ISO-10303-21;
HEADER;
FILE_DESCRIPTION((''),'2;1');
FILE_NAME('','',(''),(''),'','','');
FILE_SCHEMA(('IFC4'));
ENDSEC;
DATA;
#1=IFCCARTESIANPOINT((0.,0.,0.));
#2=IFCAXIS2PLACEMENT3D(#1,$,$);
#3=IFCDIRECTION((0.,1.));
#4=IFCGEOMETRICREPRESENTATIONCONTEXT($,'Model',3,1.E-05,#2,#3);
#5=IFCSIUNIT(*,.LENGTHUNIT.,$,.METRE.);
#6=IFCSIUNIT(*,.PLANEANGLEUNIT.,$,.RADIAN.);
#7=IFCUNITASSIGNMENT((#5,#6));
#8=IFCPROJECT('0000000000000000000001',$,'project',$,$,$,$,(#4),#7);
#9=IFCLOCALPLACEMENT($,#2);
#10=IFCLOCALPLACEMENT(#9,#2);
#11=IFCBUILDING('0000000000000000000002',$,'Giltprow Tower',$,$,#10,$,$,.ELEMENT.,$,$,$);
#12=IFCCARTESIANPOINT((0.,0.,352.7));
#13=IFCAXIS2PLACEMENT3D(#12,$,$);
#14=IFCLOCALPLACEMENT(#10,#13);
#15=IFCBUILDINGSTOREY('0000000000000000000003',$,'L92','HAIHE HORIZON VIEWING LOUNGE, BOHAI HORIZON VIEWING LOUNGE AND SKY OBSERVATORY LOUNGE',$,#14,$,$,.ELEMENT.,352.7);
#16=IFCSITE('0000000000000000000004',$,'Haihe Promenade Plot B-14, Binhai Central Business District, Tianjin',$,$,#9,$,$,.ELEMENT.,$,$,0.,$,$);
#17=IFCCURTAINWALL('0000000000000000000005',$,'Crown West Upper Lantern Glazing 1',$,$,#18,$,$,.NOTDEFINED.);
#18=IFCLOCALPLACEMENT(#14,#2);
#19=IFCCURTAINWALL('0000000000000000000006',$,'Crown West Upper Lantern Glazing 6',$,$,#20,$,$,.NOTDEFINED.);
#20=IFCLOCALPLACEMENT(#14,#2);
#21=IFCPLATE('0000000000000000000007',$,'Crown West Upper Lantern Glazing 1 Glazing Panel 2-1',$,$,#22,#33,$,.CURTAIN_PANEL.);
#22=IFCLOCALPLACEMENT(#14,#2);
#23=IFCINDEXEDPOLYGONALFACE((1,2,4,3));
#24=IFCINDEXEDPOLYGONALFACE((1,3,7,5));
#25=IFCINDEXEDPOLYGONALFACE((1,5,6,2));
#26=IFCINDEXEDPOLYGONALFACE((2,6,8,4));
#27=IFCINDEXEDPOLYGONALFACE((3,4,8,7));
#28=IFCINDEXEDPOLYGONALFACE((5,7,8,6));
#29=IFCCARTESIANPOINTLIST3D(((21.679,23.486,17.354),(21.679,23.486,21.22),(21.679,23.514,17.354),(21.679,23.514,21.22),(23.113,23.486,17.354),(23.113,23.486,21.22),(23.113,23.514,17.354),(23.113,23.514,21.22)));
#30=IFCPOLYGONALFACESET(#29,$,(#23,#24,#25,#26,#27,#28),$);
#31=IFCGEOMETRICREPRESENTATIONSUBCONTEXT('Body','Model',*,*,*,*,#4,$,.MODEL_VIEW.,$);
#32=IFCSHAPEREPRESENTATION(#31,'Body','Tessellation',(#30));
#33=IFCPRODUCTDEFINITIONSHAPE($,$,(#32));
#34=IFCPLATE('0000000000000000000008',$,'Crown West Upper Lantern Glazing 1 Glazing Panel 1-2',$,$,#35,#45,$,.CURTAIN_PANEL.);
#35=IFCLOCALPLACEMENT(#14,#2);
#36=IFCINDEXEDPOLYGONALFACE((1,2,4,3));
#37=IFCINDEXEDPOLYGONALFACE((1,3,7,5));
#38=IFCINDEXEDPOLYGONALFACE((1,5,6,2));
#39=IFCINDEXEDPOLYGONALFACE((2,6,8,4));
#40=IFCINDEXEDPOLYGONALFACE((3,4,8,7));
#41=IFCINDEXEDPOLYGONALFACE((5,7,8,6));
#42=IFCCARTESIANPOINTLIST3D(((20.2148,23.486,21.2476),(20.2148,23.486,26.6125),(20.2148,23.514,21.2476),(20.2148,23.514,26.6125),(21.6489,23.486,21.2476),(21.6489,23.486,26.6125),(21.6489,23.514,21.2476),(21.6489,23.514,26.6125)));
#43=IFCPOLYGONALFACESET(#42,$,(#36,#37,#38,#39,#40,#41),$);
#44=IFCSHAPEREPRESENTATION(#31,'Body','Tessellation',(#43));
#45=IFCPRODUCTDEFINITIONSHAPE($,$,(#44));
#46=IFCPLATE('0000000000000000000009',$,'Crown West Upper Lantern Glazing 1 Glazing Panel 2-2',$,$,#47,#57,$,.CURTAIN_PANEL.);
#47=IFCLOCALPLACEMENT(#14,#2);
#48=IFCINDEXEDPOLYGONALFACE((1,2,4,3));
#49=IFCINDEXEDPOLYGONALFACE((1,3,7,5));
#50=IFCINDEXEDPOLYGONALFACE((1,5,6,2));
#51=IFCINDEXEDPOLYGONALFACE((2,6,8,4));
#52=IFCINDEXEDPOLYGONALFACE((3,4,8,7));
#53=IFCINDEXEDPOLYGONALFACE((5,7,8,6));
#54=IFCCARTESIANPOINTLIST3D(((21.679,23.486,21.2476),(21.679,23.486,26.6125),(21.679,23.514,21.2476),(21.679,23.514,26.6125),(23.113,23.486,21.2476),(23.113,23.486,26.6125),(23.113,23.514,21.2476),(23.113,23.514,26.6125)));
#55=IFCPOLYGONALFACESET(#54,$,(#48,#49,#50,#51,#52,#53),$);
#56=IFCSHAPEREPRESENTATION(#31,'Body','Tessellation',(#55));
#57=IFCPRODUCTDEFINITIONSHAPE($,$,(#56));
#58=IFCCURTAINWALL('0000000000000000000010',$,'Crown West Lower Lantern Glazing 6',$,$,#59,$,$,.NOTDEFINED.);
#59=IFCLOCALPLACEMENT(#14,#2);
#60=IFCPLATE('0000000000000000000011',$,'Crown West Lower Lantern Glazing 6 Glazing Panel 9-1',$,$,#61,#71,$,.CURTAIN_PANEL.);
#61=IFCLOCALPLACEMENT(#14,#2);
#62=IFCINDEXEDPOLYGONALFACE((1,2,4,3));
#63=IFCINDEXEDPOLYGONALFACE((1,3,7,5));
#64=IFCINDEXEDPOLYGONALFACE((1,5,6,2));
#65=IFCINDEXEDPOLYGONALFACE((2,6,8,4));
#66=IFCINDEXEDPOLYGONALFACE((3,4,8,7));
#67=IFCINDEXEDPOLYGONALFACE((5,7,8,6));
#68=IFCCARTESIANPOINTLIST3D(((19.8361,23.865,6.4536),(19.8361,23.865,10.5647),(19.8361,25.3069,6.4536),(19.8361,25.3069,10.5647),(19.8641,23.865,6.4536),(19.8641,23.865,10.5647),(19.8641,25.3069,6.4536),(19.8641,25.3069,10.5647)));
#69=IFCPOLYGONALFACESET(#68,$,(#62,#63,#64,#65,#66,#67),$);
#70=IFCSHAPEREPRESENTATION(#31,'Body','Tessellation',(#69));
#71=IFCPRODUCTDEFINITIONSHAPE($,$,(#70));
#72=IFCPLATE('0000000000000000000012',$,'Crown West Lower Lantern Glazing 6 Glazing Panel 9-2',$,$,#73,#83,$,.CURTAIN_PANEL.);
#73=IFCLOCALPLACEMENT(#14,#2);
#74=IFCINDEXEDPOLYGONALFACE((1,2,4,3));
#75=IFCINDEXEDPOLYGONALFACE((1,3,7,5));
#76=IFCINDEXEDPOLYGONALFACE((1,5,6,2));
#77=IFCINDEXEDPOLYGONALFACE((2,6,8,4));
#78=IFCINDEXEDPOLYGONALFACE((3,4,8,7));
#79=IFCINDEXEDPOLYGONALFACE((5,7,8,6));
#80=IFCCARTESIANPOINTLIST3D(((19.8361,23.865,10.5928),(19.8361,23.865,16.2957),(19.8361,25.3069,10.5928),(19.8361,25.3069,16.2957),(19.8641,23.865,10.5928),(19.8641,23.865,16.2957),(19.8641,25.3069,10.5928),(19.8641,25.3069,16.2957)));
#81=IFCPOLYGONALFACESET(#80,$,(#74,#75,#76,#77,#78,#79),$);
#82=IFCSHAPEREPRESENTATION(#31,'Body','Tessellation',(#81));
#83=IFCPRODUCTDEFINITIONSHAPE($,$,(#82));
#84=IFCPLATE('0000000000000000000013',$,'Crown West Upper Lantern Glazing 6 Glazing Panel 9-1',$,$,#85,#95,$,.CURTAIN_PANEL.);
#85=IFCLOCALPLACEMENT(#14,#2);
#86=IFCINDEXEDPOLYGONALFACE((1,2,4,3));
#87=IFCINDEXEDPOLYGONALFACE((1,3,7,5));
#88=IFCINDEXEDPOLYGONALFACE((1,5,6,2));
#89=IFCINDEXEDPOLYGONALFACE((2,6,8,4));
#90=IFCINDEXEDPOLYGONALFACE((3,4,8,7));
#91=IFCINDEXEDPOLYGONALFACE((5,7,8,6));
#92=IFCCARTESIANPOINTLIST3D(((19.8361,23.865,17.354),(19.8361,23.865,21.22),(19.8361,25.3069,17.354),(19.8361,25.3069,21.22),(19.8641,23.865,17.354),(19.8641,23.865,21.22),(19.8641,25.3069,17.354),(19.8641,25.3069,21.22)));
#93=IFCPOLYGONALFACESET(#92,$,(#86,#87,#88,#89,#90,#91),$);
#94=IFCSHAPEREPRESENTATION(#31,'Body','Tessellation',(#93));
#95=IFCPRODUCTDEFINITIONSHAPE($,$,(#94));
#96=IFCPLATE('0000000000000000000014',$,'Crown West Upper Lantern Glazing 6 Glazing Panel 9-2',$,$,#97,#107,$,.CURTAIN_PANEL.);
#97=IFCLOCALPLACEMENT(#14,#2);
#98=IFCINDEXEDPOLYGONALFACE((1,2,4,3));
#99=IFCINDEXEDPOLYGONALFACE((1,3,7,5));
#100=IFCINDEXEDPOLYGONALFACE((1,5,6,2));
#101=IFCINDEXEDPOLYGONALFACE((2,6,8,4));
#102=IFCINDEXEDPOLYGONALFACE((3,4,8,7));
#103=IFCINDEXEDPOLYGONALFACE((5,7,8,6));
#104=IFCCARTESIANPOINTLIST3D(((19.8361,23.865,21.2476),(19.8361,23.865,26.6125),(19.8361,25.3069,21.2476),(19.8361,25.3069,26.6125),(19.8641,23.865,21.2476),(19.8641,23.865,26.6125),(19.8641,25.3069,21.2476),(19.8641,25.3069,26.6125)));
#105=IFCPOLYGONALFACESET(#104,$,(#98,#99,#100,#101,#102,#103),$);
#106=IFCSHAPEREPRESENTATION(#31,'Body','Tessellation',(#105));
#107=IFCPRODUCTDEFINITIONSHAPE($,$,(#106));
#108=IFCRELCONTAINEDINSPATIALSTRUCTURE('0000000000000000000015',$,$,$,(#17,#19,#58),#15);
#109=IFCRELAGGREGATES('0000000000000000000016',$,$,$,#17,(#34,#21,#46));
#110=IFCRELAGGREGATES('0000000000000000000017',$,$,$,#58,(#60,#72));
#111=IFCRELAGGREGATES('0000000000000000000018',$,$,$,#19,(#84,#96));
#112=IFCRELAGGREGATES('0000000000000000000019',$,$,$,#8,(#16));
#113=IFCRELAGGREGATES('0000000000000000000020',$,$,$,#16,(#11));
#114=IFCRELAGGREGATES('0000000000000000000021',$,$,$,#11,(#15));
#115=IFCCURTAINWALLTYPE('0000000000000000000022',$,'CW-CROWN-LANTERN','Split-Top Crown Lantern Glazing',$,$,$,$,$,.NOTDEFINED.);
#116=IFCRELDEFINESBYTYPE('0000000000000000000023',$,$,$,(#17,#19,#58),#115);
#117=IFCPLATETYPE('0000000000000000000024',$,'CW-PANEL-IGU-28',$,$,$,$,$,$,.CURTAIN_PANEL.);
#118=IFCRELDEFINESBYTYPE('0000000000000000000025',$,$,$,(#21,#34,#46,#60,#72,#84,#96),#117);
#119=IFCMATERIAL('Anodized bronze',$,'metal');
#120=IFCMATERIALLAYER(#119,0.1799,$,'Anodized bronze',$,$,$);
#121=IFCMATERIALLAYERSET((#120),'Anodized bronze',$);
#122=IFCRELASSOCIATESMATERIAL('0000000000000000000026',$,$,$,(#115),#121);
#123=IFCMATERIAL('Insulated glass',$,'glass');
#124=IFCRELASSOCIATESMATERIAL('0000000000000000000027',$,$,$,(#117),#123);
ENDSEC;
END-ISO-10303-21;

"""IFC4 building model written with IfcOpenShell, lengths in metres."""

from ifc_helpers import new_model, si_unit, direction, frame, origin, origin_2d, place, context, subcontext, project, spatial, rectangle, extrude, source, transform, mapped, material, layer, layer_set, type_object, element, aggregate, save


model = new_model("IFC4")

# Units and contexts
model_context = context("Model", 3, precision=1e-05, world=origin(), true_north=direction((0.0, 1.0)))
body_context = subcontext(model_context, "Body", "Model", "MODEL_VIEW")
ifc_project = project(units=[si_unit("LENGTHUNIT", "METRE"), si_unit("PLANEANGLEUNIT", "RADIAN")], contexts=[model_context])

# Site, building, storey
site_placement = place(None, origin())
site = spatial("IfcSite", under=ifc_project, at=site_placement, Name="Haihe Promenade Plot B-14, Binhai Central Business District, Tianjin", CompositionType="ELEMENT", RefElevation=0.0)
building_placement = place(site_placement, origin())
building = spatial("IfcBuilding", under=site, at=building_placement, Name="Giltprow Tower", CompositionType="ELEMENT")
storey_placement = place(building_placement, frame((0.0, 0.0, 352.7)))
storey = spatial("IfcBuildingStorey", under=building, at=storey_placement, Name="L92", Description="HAIHE HORIZON VIEWING LOUNGE, BOHAI HORIZON VIEWING LOUNGE AND SKY OBSERVATORY LOUNGE", CompositionType="ELEMENT", Elevation=352.7)

# Curtain wall
ifc_material_1 = material(Name="Anodized bronze", Category="metal")
ifc_layer_1 = layer(ifc_material_1, 0.1799, Name="Anodized bronze")
ifc_layer_set_1 = layer_set([ifc_layer_1], Name="Anodized bronze")
curtain_wall_type = type_object("IfcCurtainWallType", Name="CW-CROWN-LANTERN", Description="Split-Top Crown Lantern Glazing", PredefinedType="NOTDEFINED", material=ifc_layer_set_1)
curtain_wall_1_placement = place(storey_placement, origin())
curtain_wall_1 = element("IfcCurtainWall", 1, at=curtain_wall_1_placement, inside=storey, type_object=curtain_wall_type, Name="Crown West Upper Lantern Glazing 1", PredefinedType="NOTDEFINED")

# Curtain wall
curtain_wall_2_placement = place(storey_placement, origin())
curtain_wall_2 = element("IfcCurtainWall", 2, at=curtain_wall_2_placement, inside=storey, type_object=curtain_wall_type, Name="Crown West Upper Lantern Glazing 6", PredefinedType="NOTDEFINED")

# Plates
ifc_material_2 = material(Name="Insulated glass", Category="glass")
plate_type_1 = type_object("IfcPlateType", Name="CW-PANEL-IGU-28", PredefinedType="CURTAIN_PANEL", material=ifc_material_2)
shared_shape_1 = source(origin(), body_context, "Body", "SweptSolid", [
    extrude(rectangle(XDim=1.4341, YDim=0.0281, at=origin_2d()), origin(), (0.0, 0.0, 1.0), 3.866),
])
plate_1_placement = place(storey_placement, frame((22.396, 23.5, 17.354), z_axis=(0.0, 0.0, 1.0), x_axis=(1.0, 0.0, 0.0)))
plate_1 = element("IfcPlate", 3, at=plate_1_placement, type_object=plate_type_1, Name="Crown West Upper Lantern Glazing 1 Glazing Panel 2-1", PredefinedType="CURTAIN_PANEL", context=body_context, shape_type="MappedRepresentation", body=[
    mapped(shared_shape_1, transform((0.0, 0.0, 0.0), x_axis=(1.0, 0.0, 0.0), y_axis=(0.0, 1.0, 0.0), z_axis=(0.0, 0.0, 1.0), scale=1.0)),
])
shared_shape_2 = source(origin(), body_context, "Body", "SweptSolid", [
    extrude(rectangle(XDim=1.4341, YDim=0.0281, at=origin_2d()), origin(), (0.0, 0.0, 1.0), 5.365),
])
plate_2_placement = place(storey_placement, frame((20.9319, 23.5, 21.2476), z_axis=(0.0, 0.0, 1.0), x_axis=(1.0, 0.0, 0.0)))
plate_2 = element("IfcPlate", 4, at=plate_2_placement, type_object=plate_type_1, Name="Crown West Upper Lantern Glazing 1 Glazing Panel 1-2", PredefinedType="CURTAIN_PANEL", context=body_context, shape_type="MappedRepresentation", body=[
    mapped(shared_shape_2, transform((0.0, 0.0, 0.0), x_axis=(1.0, 0.0, 0.0), y_axis=(0.0, 1.0, 0.0), z_axis=(0.0, 0.0, 1.0), scale=1.0)),
])
plate_3_placement = place(storey_placement, frame((22.396, 23.5, 21.2476), z_axis=(0.0, 0.0, 1.0), x_axis=(1.0, 0.0, 0.0)))
plate_3 = element("IfcPlate", 5, at=plate_3_placement, type_object=plate_type_1, Name="Crown West Upper Lantern Glazing 1 Glazing Panel 2-2", PredefinedType="CURTAIN_PANEL", context=body_context, shape_type="MappedRepresentation", body=[
    mapped(shared_shape_2, transform((0.0, 0.0, 0.0), x_axis=(1.0, 0.0, 0.0), y_axis=(0.0, 1.0, 0.0), z_axis=(0.0, 0.0, 1.0), scale=1.0)),
])
aggregate(curtain_wall_1, [plate_2, plate_1, plate_3])

# Curtain wall, plates
curtain_wall_3_placement = place(storey_placement, origin())
curtain_wall_3 = element("IfcCurtainWall", 6, at=curtain_wall_3_placement, inside=storey, type_object=curtain_wall_type, Name="Crown West Lower Lantern Glazing 6", PredefinedType="NOTDEFINED")
shared_shape_3 = source(origin(), body_context, "Body", "SweptSolid", [
    extrude(rectangle(XDim=1.4419, YDim=0.0281, at=origin_2d()), origin(), (0.0, 0.0, 1.0), 4.1111),
])
plate_4_placement = place(storey_placement, frame((19.8501, 24.5859, 6.4536), z_axis=(0.0, 0.0, 1.0), x_axis=(0.0, -1.0, 0.0)))
plate_4 = element("IfcPlate", 7, at=plate_4_placement, type_object=plate_type_1, Name="Crown West Lower Lantern Glazing 6 Glazing Panel 9-1", PredefinedType="CURTAIN_PANEL", context=body_context, shape_type="MappedRepresentation", body=[
    mapped(shared_shape_3, transform((0.0, 0.0, 0.0), x_axis=(1.0, 0.0, 0.0), y_axis=(0.0, 1.0, 0.0), z_axis=(0.0, 0.0, 1.0), scale=1.0)),
])
shared_shape_4 = source(origin(), body_context, "Body", "SweptSolid", [
    extrude(rectangle(XDim=1.4419, YDim=0.0281, at=origin_2d()), origin(), (0.0, 0.0, 1.0), 5.7029),
])
plate_5_placement = place(storey_placement, frame((19.8501, 24.5859, 10.5928), z_axis=(0.0, 0.0, 1.0), x_axis=(0.0, -1.0, 0.0)))
plate_5 = element("IfcPlate", 8, at=plate_5_placement, type_object=plate_type_1, Name="Crown West Lower Lantern Glazing 6 Glazing Panel 9-2", PredefinedType="CURTAIN_PANEL", context=body_context, shape_type="MappedRepresentation", body=[
    mapped(shared_shape_4, transform((0.0, 0.0, 0.0), x_axis=(1.0, 0.0, 0.0), y_axis=(0.0, 1.0, 0.0), z_axis=(0.0, 0.0, 1.0), scale=1.0)),
])
aggregate(curtain_wall_3, [plate_4, plate_5])

# Plates
shared_shape_5 = source(origin(), body_context, "Body", "SweptSolid", [
    extrude(rectangle(XDim=1.4419, YDim=0.0281, at=origin_2d()), origin(), (0.0, 0.0, 1.0), 3.866),
])
plate_6_placement = place(storey_placement, frame((19.8501, 24.5859, 17.354), z_axis=(0.0, 0.0, 1.0), x_axis=(0.0, -1.0, 0.0)))
plate_6 = element("IfcPlate", 9, at=plate_6_placement, type_object=plate_type_1, Name="Crown West Upper Lantern Glazing 6 Glazing Panel 9-1", PredefinedType="CURTAIN_PANEL", context=body_context, shape_type="MappedRepresentation", body=[
    mapped(shared_shape_5, transform((0.0, 0.0, 0.0), x_axis=(1.0, 0.0, 0.0), y_axis=(0.0, 1.0, 0.0), z_axis=(0.0, 0.0, 1.0), scale=1.0)),
])
shared_shape_6 = source(origin(), body_context, "Body", "SweptSolid", [
    extrude(rectangle(XDim=1.4419, YDim=0.0281, at=origin_2d()), origin(), (0.0, 0.0, 1.0), 5.365),
])
plate_7_placement = place(storey_placement, frame((19.8501, 24.5859, 21.2476), z_axis=(0.0, 0.0, 1.0), x_axis=(0.0, -1.0, 0.0)))
plate_7 = element("IfcPlate", 10, at=plate_7_placement, type_object=plate_type_1, Name="Crown West Upper Lantern Glazing 6 Glazing Panel 9-2", PredefinedType="CURTAIN_PANEL", context=body_context, shape_type="MappedRepresentation", body=[
    mapped(shared_shape_6, transform((0.0, 0.0, 0.0), x_axis=(1.0, 0.0, 0.0), y_axis=(0.0, 1.0, 0.0), z_axis=(0.0, 0.0, 1.0), scale=1.0)),
])
aggregate(curtain_wall_2, [plate_6, plate_7])

save(model, "model.ifc")
